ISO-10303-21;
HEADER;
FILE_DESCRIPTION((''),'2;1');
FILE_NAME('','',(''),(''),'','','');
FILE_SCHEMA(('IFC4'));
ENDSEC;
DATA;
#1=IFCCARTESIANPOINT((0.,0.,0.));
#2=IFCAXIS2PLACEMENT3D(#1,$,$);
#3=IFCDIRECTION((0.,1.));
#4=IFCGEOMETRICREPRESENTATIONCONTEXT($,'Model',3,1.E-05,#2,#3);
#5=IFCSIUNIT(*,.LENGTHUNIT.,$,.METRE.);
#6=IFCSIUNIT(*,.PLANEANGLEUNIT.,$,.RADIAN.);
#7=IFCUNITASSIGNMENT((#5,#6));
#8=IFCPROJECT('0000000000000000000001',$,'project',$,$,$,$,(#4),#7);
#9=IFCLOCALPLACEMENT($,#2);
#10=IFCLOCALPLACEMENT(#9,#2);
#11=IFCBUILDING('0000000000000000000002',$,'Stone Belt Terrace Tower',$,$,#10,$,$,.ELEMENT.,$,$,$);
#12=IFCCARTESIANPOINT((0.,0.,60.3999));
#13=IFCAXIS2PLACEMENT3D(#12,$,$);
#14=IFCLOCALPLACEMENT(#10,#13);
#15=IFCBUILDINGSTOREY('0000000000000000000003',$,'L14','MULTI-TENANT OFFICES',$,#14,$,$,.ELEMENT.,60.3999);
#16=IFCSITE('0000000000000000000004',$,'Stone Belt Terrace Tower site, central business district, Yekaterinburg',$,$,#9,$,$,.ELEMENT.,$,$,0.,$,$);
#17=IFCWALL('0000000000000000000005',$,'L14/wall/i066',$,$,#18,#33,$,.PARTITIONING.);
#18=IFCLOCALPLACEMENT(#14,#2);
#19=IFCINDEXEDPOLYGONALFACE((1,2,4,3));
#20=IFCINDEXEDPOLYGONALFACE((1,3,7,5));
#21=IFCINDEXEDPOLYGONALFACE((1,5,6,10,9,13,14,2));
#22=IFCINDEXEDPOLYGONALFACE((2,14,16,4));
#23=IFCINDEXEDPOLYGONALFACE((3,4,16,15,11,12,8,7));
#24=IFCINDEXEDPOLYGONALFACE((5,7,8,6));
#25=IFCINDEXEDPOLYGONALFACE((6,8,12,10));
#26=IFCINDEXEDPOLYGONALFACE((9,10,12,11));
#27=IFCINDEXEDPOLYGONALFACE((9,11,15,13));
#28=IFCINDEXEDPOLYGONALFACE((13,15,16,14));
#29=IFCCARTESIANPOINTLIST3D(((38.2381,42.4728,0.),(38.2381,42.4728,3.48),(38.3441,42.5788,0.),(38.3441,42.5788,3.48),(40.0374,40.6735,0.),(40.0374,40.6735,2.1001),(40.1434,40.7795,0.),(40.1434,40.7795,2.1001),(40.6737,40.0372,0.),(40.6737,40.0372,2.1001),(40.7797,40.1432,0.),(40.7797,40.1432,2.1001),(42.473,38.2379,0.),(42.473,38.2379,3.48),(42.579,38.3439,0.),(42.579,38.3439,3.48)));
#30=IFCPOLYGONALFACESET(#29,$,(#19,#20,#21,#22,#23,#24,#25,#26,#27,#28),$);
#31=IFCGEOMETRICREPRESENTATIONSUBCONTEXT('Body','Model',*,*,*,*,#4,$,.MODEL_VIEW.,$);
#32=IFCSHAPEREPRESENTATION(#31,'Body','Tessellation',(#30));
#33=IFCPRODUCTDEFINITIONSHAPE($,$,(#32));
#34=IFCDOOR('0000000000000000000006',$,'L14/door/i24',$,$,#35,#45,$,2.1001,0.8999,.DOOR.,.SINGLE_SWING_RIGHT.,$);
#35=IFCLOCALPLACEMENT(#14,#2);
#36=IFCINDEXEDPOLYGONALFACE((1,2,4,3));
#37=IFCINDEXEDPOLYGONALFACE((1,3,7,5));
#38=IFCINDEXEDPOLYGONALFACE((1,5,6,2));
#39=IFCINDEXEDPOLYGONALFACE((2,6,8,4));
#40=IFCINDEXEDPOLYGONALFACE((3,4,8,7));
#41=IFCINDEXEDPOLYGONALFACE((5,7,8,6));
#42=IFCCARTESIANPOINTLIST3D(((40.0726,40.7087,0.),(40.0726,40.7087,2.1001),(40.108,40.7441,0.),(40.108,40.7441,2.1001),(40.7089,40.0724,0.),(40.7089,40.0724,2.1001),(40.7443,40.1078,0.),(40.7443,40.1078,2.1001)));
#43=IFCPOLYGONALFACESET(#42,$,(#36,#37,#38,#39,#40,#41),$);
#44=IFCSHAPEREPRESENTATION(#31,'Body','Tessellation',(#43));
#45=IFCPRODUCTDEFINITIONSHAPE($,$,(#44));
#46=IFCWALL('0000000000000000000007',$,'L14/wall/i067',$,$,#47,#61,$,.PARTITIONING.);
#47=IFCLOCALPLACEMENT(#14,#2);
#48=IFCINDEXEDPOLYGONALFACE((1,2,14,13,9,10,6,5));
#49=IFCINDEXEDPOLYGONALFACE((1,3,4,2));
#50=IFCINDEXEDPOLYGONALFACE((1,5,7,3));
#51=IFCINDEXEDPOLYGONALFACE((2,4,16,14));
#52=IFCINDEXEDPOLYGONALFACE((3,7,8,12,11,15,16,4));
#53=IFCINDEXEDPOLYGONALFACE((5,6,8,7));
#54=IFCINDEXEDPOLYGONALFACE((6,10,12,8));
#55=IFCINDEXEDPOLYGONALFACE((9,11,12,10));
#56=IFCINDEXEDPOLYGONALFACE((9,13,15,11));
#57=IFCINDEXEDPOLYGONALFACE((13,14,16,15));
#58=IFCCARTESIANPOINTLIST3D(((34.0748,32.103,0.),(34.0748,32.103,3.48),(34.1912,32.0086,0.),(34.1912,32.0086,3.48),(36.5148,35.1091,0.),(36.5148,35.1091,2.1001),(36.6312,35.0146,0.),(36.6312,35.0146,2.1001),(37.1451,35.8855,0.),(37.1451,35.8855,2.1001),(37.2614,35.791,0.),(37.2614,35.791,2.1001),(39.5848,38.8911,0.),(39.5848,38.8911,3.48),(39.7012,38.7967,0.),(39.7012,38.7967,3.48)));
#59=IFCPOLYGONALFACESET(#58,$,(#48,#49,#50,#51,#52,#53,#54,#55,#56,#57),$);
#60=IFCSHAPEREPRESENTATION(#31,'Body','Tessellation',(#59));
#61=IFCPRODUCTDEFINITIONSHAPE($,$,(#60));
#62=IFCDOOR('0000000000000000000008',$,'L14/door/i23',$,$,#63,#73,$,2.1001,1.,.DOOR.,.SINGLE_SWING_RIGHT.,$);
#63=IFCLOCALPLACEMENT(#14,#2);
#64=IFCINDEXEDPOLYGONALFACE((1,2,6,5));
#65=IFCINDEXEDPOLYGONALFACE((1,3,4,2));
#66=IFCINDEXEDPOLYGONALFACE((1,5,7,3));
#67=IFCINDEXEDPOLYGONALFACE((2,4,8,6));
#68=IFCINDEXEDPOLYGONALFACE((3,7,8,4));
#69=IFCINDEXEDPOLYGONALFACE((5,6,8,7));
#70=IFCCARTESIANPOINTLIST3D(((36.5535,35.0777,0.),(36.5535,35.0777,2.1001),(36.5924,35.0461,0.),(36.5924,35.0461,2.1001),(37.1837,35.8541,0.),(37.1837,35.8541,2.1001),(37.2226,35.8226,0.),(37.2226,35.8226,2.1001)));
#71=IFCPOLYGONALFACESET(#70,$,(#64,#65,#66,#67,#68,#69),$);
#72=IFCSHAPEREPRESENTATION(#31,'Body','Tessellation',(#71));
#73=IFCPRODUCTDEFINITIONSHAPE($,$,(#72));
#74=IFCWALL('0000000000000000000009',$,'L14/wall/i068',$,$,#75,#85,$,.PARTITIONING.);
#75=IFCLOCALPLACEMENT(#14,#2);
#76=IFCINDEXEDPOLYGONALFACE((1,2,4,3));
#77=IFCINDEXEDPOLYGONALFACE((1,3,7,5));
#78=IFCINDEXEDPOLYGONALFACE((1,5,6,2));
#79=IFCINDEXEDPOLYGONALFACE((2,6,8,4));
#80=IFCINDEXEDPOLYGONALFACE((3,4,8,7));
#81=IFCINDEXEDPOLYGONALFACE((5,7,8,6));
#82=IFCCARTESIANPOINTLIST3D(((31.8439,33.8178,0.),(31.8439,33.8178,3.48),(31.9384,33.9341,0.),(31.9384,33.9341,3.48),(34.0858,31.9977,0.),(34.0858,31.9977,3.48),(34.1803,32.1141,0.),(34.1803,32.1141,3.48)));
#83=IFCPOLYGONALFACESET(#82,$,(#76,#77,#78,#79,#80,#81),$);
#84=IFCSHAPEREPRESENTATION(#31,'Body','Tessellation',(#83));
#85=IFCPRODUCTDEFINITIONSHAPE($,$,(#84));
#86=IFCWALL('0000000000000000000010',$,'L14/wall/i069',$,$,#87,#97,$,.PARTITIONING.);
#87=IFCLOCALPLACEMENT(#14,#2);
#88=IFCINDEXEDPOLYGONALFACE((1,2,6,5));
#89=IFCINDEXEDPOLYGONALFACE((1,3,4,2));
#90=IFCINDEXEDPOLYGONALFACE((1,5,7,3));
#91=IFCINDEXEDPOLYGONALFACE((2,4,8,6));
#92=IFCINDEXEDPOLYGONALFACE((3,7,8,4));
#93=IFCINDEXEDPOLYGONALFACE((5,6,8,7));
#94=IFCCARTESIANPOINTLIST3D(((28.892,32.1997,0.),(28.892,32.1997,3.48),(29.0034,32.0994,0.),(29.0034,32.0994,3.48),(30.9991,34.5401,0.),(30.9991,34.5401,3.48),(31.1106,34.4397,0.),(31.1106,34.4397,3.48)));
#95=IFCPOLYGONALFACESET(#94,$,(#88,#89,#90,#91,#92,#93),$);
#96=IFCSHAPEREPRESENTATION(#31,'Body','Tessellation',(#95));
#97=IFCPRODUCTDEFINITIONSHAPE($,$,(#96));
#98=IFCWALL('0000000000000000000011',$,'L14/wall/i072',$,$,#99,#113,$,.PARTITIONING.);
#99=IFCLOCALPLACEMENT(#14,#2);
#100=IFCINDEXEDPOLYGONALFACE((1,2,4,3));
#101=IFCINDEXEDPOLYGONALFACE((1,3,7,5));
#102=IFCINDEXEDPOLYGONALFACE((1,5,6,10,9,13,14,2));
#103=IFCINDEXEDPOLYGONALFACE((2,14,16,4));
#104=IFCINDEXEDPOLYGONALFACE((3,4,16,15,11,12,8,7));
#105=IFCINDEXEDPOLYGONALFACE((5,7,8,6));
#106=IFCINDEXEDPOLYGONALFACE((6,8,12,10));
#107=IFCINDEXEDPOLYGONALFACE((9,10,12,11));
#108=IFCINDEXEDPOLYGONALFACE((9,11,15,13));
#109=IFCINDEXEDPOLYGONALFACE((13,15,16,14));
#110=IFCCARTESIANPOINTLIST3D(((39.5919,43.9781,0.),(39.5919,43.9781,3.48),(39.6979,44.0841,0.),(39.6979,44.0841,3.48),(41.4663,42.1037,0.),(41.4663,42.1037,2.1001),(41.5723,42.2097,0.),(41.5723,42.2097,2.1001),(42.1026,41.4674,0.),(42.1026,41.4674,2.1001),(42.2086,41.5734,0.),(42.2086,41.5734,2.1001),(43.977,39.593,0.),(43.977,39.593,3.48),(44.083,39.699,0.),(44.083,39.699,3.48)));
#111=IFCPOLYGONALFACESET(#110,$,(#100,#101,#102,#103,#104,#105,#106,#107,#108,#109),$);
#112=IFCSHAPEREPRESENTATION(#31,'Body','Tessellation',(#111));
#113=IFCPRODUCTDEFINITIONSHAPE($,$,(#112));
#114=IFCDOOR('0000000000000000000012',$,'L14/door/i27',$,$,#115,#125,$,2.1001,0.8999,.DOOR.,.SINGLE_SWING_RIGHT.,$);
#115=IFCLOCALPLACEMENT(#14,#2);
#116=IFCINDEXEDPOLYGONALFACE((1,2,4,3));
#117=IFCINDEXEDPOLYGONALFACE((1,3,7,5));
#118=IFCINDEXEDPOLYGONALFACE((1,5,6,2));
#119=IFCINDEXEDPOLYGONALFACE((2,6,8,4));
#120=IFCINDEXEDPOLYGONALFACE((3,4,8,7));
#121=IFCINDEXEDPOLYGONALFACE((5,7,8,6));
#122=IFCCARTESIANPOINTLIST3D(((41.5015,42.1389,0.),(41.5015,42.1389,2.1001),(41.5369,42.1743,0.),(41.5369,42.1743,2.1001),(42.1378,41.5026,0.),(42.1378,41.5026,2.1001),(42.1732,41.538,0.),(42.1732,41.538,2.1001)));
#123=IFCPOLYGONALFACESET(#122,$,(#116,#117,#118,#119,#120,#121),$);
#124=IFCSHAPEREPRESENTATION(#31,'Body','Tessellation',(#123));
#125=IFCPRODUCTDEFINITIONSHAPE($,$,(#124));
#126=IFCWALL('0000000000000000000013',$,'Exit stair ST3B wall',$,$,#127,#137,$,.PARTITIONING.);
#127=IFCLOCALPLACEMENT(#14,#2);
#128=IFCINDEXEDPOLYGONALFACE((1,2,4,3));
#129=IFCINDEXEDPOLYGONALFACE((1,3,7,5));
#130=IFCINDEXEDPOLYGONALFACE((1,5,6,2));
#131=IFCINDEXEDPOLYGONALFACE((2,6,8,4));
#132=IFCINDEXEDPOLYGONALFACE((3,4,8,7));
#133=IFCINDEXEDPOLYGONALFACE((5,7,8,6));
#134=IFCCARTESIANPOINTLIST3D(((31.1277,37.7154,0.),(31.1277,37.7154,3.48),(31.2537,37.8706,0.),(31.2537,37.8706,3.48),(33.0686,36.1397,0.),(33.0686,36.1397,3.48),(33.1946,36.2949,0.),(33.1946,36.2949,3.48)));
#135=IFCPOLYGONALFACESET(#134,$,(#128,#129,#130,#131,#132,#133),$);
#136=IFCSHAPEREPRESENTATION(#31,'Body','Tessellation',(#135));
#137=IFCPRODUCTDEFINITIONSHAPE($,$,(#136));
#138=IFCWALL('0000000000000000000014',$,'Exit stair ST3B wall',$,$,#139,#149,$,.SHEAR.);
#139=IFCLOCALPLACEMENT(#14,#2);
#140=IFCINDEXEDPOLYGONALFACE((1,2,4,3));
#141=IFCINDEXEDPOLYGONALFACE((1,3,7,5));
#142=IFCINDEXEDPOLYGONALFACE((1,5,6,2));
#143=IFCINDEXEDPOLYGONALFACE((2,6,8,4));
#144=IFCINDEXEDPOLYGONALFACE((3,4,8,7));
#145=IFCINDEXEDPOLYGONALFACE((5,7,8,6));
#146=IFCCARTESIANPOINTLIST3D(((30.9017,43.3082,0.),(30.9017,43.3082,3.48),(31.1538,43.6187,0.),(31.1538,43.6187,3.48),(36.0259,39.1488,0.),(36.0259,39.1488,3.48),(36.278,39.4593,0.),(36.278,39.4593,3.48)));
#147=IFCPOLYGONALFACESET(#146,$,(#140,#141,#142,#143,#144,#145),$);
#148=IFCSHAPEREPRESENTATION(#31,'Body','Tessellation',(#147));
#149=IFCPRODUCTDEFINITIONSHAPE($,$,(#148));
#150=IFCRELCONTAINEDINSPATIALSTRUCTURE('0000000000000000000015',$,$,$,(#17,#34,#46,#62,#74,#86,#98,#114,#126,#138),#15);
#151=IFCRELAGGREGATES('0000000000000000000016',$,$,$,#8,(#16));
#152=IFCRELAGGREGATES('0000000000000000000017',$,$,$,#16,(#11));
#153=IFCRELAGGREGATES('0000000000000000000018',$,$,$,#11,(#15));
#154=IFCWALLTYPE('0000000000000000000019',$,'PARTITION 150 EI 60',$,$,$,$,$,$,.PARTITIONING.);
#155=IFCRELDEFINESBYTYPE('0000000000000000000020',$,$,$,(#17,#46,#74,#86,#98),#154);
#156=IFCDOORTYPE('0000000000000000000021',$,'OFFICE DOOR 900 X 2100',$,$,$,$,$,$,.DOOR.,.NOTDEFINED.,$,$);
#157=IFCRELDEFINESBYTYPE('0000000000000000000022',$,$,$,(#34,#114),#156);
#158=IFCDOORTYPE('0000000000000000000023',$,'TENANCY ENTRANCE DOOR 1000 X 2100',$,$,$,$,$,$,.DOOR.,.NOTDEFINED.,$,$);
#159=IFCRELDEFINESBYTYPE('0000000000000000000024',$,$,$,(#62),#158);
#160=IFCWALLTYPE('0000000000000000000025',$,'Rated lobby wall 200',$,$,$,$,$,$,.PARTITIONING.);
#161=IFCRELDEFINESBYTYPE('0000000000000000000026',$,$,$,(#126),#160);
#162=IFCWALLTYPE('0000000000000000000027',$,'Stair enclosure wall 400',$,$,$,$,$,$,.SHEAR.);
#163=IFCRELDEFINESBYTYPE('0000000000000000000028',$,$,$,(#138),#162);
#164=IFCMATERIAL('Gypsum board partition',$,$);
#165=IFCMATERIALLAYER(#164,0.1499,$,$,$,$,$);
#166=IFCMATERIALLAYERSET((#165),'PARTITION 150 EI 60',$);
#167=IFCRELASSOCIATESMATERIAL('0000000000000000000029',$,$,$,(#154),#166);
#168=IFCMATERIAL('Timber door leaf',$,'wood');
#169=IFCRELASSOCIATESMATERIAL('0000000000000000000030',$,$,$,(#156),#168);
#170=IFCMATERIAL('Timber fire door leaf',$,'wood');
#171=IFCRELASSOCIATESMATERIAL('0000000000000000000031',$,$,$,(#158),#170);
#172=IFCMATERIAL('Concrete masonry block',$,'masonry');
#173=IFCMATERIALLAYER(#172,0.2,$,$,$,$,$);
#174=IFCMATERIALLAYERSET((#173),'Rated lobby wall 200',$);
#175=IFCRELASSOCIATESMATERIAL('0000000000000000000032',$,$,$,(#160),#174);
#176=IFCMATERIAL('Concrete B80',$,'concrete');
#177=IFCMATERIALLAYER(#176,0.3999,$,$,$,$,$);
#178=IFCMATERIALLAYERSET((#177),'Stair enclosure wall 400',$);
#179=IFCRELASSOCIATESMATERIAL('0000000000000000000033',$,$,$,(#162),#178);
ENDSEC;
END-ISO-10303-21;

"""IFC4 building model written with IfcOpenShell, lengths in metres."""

from ifc_helpers import new_model, si_unit, direction, frame, frame_2d, origin, place, context, subcontext, project, spatial, rectangle, extrude, material, layer, layer_set, type_object, element, fill, save


model = new_model("IFC4")

# Units and contexts
model_context = context("Model", 3, precision=1e-05, world=origin(), true_north=direction((0.0, 1.0)))
body_context = subcontext(model_context, "Body", "Model", "MODEL_VIEW")
ifc_project = project(units=[si_unit("LENGTHUNIT", "METRE"), si_unit("PLANEANGLEUNIT", "RADIAN")], contexts=[model_context])

# Site, building, storey
site_placement = place(None, origin())
site = spatial("IfcSite", under=ifc_project, at=site_placement, Name="Stone Belt Terrace Tower site, central business district, Yekaterinburg", CompositionType="ELEMENT", RefElevation=0.0)
building_placement = place(site_placement, origin())
building = spatial("IfcBuilding", under=site, at=building_placement, Name="Stone Belt Terrace Tower", CompositionType="ELEMENT")
storey_placement = place(building_placement, frame((0.0, 0.0, 60.3999)))
storey = spatial("IfcBuildingStorey", under=building, at=storey_placement, Name="L14", Description="MULTI-TENANT OFFICES", CompositionType="ELEMENT", Elevation=60.3999)

# Shared definitions
ifc_material_1 = material(Name="Concrete B80", Category="concrete")

# Shared definitions
ifc_material_2 = material(Name="Gypsum board partition")
ifc_layer_1 = layer(ifc_material_2, 0.1499)
ifc_layer_set_1 = layer_set([ifc_layer_1], Name="PARTITION 150 EI 60")
wall_type_1 = type_object("IfcWallType", Name="PARTITION 150 EI 60", PredefinedType="PARTITIONING", material=ifc_layer_set_1)

# Walls, openings, doors
wall_1_placement = place(storey_placement, frame((38.291, 42.5259, 0.0), z_axis=(0.0, 0.0, 1.0), x_axis=(0.707107, -0.707107, 0.0)))
wall_1 = element("IfcWall", 1, at=wall_1_placement, inside=storey, type_object=wall_type_1, Name="L14/wall/i066", PredefinedType="PARTITIONING", context=body_context, shape_type="SweptSolid", body=[
    extrude(rectangle(XDim=5.989, YDim=0.1499, at=frame_2d((2.9946, 0.0))), origin(), (0.0, 0.0, 1.0), 3.48),
])
opening_1_placement = place(wall_1_placement, frame((2.5447, 0.0, 0.0)))
opening_1 = element("IfcOpeningElement", 2, at=opening_1_placement, cuts=wall_1, PredefinedType="OPENING", context=body_context, shape_type="SweptSolid", body=[
    extrude(rectangle(XDim=0.8999, YDim=2.1001, at=frame_2d((0.45, 1.05))), frame((0.0, 0.085, 0.0), z_axis=(0.0, -1.0, 0.0), x_axis=(1.0, 0.0, 0.0)), (0.0, 0.0, 1.0), 0.1699),
])
ifc_material_3 = material(Name="Timber door leaf", Category="wood")
door_type_1 = type_object("IfcDoorType", Name="OFFICE DOOR 900 X 2100", OperationType="NOTDEFINED", PredefinedType="DOOR", material=ifc_material_3)
door_1_placement = place(opening_1_placement, origin())
door_1 = element("IfcDoor", 3, at=door_1_placement, inside=storey, type_object=door_type_1, Name="L14/door/i24", OperationType="SINGLE_SWING_RIGHT", OverallHeight=2.1001, OverallWidth=0.8999, PredefinedType="DOOR", context=body_context, shape_type="SweptSolid", body=[
    extrude(rectangle(XDim=0.8999, YDim=2.1001, at=frame_2d((0.45, 1.05))), frame((0.0, 0.0249, 0.0), z_axis=(0.0, -1.0, 0.0), x_axis=(1.0, 0.0, 0.0)), (0.0, 0.0, 1.0), 0.05),
])
fill(opening_1, door_1)
wall_2_placement = place(storey_placement, frame((39.6431, 38.844, 0.0), z_axis=(0.0, 0.0, 1.0), x_axis=(-0.630227, -0.776411, 0.0)))
wall_2 = element("IfcWall", 4, at=wall_2_placement, inside=storey, type_object=wall_type_1, Name="L14/wall/i067", PredefinedType="PARTITIONING", context=body_context, shape_type="SweptSolid", body=[
    extrude(rectangle(XDim=8.7429, YDim=0.1499, at=frame_2d((4.3716, 0.0))), origin(), (0.0, 0.0, 1.0), 3.48),
])
opening_2_placement = place(wall_2_placement, frame((3.8713, 0.0, 0.0)))
opening_2 = element("IfcOpeningElement", 5, at=opening_2_placement, cuts=wall_2, PredefinedType="OPENING", context=body_context, shape_type="SweptSolid", body=[
    extrude(rectangle(XDim=1.0, YDim=2.1001, at=frame_2d((0.5, 1.05))), frame((0.0, 0.085, 0.0), z_axis=(0.0, -1.0, 0.0), x_axis=(1.0, 0.0, 0.0)), (0.0, 0.0, 1.0), 0.1699),
])
ifc_material_4 = material(Name="Timber fire door leaf", Category="wood")
door_type_2 = type_object("IfcDoorType", Name="TENANCY ENTRANCE DOOR 1000 X 2100", OperationType="NOTDEFINED", PredefinedType="DOOR", material=ifc_material_4)
door_2_placement = place(opening_2_placement, origin())
door_2 = element("IfcDoor", 6, at=door_2_placement, inside=storey, type_object=door_type_2, Name="L14/door/i23", OperationType="SINGLE_SWING_RIGHT", OverallHeight=2.1001, OverallWidth=1.0, PredefinedType="DOOR", context=body_context, shape_type="SweptSolid", body=[
    extrude(rectangle(XDim=1.0, YDim=2.1001, at=frame_2d((0.5, 1.05))), frame((0.0, 0.0249, 0.0), z_axis=(0.0, -1.0, 0.0), x_axis=(1.0, 0.0, 0.0)), (0.0, 0.0, 1.0), 0.05),
])
fill(opening_2, door_2)

# Walls
wall_3_placement = place(storey_placement, frame((34.1331, 32.0559, 0.0), z_axis=(0.0, 0.0, 1.0), x_axis=(-0.77637, 0.630277, 0.0)))
element("IfcWall", 7, at=wall_3_placement, inside=storey, type_object=wall_type_1, Name="L14/wall/i068", PredefinedType="PARTITIONING", context=body_context, shape_type="SweptSolid", body=[
    extrude(rectangle(XDim=2.8877, YDim=0.1499, at=frame_2d((1.4438, 0.0))), origin(), (0.0, 0.0, 1.0), 3.48),
])
wall_4_placement = place(storey_placement, frame((31.0549, 34.49, 0.0), z_axis=(0.0, 0.0, 1.0), x_axis=(-0.669119, -0.743155, 0.0)))
element("IfcWall", 8, at=wall_4_placement, inside=storey, type_object=wall_type_1, Name="L14/wall/i069", PredefinedType="PARTITIONING", context=body_context, shape_type="SweptSolid", body=[
    extrude(rectangle(XDim=3.1492, YDim=0.1499, at=frame_2d((1.5747, 0.0))), origin(), (0.0, 0.0, 1.0), 3.48),
])

# Wall, opening, door
wall_5_placement = place(storey_placement, frame((39.645, 44.031, 0.0), z_axis=(0.0, 0.0, 1.0), x_axis=(0.707107, -0.707107, 0.0)))
wall_5 = element("IfcWall", 9, at=wall_5_placement, inside=storey, type_object=wall_type_1, Name="L14/wall/i072", PredefinedType="PARTITIONING", context=body_context, shape_type="SweptSolid", body=[
    extrude(rectangle(XDim=6.2014, YDim=0.1499, at=frame_2d((3.1006, 0.0))), origin(), (0.0, 0.0, 1.0), 3.48),
])
opening_3_placement = place(wall_5_placement, frame((2.6506, 0.0, 0.0)))
opening_3 = element("IfcOpeningElement", 10, at=opening_3_placement, cuts=wall_5, PredefinedType="OPENING", context=body_context, shape_type="SweptSolid", body=[
    extrude(rectangle(XDim=0.8999, YDim=2.1001, at=frame_2d((0.45, 1.05))), frame((0.0, 0.085, 0.0), z_axis=(0.0, -1.0, 0.0), x_axis=(1.0, 0.0, 0.0)), (0.0, 0.0, 1.0), 0.1699),
])
door_3_placement = place(opening_3_placement, origin())
door_3 = element("IfcDoor", 11, at=door_3_placement, inside=storey, type_object=door_type_1, Name="L14/door/i27", OperationType="SINGLE_SWING_RIGHT", OverallHeight=2.1001, OverallWidth=0.8999, PredefinedType="DOOR", context=body_context, shape_type="SweptSolid", body=[
    extrude(rectangle(XDim=0.8999, YDim=2.1001, at=frame_2d((0.45, 1.05))), frame((0.0, 0.0249, 0.0), z_axis=(0.0, -1.0, 0.0), x_axis=(1.0, 0.0, 0.0)), (0.0, 0.0, 1.0), 0.05),
])
fill(opening_3, door_3)

# Walls
ifc_material_5 = material(Name="Concrete masonry block", Category="masonry")
ifc_layer_2 = layer(ifc_material_5, 0.2)
ifc_layer_set_2 = layer_set([ifc_layer_2], Name="Rated lobby wall 200")
wall_type_2 = type_object("IfcWallType", Name="Rated lobby wall 200", PredefinedType="PARTITIONING", material=ifc_layer_set_2)
wall_6_placement = place(storey_placement, frame((31.1907, 37.793, 0.0), z_axis=(0.0, 0.0, 1.0), x_axis=(0.776371, -0.630276, 0.0)))
element("IfcWall", 12, at=wall_6_placement, inside=storey, type_object=wall_type_2, Name="Exit stair ST3B wall", PredefinedType="PARTITIONING", context=body_context, shape_type="SweptSolid", body=[
    extrude(rectangle(XDim=2.5, YDim=0.2, at=frame_2d((1.25, 0.0))), origin(), (0.0, 0.0, 1.0), 3.48),
])
ifc_layer_3 = layer(ifc_material_1, 0.3999)
ifc_layer_set_3 = layer_set([ifc_layer_3], Name="Stair enclosure wall 400")
wall_type_3 = type_object("IfcWallType", Name="Stair enclosure wall 400", PredefinedType="SHEAR", material=ifc_layer_set_3)
wall_7_placement = place(storey_placement, frame((31.0278, 43.4634, 0.0), z_axis=(0.0, 0.0, 1.0), x_axis=(0.776414, -0.630224, 0.0)))
element("IfcWall", 13, at=wall_7_placement, inside=storey, type_object=wall_type_3, Name="Exit stair ST3B wall", PredefinedType="SHEAR", context=body_context, shape_type="SweptSolid", body=[
    extrude(rectangle(XDim=6.5999, YDim=0.3999, at=frame_2d((3.2998, 0.0))), origin(), (0.0, 0.0, 1.0), 3.48),
])

save(model, "model.ifc")
